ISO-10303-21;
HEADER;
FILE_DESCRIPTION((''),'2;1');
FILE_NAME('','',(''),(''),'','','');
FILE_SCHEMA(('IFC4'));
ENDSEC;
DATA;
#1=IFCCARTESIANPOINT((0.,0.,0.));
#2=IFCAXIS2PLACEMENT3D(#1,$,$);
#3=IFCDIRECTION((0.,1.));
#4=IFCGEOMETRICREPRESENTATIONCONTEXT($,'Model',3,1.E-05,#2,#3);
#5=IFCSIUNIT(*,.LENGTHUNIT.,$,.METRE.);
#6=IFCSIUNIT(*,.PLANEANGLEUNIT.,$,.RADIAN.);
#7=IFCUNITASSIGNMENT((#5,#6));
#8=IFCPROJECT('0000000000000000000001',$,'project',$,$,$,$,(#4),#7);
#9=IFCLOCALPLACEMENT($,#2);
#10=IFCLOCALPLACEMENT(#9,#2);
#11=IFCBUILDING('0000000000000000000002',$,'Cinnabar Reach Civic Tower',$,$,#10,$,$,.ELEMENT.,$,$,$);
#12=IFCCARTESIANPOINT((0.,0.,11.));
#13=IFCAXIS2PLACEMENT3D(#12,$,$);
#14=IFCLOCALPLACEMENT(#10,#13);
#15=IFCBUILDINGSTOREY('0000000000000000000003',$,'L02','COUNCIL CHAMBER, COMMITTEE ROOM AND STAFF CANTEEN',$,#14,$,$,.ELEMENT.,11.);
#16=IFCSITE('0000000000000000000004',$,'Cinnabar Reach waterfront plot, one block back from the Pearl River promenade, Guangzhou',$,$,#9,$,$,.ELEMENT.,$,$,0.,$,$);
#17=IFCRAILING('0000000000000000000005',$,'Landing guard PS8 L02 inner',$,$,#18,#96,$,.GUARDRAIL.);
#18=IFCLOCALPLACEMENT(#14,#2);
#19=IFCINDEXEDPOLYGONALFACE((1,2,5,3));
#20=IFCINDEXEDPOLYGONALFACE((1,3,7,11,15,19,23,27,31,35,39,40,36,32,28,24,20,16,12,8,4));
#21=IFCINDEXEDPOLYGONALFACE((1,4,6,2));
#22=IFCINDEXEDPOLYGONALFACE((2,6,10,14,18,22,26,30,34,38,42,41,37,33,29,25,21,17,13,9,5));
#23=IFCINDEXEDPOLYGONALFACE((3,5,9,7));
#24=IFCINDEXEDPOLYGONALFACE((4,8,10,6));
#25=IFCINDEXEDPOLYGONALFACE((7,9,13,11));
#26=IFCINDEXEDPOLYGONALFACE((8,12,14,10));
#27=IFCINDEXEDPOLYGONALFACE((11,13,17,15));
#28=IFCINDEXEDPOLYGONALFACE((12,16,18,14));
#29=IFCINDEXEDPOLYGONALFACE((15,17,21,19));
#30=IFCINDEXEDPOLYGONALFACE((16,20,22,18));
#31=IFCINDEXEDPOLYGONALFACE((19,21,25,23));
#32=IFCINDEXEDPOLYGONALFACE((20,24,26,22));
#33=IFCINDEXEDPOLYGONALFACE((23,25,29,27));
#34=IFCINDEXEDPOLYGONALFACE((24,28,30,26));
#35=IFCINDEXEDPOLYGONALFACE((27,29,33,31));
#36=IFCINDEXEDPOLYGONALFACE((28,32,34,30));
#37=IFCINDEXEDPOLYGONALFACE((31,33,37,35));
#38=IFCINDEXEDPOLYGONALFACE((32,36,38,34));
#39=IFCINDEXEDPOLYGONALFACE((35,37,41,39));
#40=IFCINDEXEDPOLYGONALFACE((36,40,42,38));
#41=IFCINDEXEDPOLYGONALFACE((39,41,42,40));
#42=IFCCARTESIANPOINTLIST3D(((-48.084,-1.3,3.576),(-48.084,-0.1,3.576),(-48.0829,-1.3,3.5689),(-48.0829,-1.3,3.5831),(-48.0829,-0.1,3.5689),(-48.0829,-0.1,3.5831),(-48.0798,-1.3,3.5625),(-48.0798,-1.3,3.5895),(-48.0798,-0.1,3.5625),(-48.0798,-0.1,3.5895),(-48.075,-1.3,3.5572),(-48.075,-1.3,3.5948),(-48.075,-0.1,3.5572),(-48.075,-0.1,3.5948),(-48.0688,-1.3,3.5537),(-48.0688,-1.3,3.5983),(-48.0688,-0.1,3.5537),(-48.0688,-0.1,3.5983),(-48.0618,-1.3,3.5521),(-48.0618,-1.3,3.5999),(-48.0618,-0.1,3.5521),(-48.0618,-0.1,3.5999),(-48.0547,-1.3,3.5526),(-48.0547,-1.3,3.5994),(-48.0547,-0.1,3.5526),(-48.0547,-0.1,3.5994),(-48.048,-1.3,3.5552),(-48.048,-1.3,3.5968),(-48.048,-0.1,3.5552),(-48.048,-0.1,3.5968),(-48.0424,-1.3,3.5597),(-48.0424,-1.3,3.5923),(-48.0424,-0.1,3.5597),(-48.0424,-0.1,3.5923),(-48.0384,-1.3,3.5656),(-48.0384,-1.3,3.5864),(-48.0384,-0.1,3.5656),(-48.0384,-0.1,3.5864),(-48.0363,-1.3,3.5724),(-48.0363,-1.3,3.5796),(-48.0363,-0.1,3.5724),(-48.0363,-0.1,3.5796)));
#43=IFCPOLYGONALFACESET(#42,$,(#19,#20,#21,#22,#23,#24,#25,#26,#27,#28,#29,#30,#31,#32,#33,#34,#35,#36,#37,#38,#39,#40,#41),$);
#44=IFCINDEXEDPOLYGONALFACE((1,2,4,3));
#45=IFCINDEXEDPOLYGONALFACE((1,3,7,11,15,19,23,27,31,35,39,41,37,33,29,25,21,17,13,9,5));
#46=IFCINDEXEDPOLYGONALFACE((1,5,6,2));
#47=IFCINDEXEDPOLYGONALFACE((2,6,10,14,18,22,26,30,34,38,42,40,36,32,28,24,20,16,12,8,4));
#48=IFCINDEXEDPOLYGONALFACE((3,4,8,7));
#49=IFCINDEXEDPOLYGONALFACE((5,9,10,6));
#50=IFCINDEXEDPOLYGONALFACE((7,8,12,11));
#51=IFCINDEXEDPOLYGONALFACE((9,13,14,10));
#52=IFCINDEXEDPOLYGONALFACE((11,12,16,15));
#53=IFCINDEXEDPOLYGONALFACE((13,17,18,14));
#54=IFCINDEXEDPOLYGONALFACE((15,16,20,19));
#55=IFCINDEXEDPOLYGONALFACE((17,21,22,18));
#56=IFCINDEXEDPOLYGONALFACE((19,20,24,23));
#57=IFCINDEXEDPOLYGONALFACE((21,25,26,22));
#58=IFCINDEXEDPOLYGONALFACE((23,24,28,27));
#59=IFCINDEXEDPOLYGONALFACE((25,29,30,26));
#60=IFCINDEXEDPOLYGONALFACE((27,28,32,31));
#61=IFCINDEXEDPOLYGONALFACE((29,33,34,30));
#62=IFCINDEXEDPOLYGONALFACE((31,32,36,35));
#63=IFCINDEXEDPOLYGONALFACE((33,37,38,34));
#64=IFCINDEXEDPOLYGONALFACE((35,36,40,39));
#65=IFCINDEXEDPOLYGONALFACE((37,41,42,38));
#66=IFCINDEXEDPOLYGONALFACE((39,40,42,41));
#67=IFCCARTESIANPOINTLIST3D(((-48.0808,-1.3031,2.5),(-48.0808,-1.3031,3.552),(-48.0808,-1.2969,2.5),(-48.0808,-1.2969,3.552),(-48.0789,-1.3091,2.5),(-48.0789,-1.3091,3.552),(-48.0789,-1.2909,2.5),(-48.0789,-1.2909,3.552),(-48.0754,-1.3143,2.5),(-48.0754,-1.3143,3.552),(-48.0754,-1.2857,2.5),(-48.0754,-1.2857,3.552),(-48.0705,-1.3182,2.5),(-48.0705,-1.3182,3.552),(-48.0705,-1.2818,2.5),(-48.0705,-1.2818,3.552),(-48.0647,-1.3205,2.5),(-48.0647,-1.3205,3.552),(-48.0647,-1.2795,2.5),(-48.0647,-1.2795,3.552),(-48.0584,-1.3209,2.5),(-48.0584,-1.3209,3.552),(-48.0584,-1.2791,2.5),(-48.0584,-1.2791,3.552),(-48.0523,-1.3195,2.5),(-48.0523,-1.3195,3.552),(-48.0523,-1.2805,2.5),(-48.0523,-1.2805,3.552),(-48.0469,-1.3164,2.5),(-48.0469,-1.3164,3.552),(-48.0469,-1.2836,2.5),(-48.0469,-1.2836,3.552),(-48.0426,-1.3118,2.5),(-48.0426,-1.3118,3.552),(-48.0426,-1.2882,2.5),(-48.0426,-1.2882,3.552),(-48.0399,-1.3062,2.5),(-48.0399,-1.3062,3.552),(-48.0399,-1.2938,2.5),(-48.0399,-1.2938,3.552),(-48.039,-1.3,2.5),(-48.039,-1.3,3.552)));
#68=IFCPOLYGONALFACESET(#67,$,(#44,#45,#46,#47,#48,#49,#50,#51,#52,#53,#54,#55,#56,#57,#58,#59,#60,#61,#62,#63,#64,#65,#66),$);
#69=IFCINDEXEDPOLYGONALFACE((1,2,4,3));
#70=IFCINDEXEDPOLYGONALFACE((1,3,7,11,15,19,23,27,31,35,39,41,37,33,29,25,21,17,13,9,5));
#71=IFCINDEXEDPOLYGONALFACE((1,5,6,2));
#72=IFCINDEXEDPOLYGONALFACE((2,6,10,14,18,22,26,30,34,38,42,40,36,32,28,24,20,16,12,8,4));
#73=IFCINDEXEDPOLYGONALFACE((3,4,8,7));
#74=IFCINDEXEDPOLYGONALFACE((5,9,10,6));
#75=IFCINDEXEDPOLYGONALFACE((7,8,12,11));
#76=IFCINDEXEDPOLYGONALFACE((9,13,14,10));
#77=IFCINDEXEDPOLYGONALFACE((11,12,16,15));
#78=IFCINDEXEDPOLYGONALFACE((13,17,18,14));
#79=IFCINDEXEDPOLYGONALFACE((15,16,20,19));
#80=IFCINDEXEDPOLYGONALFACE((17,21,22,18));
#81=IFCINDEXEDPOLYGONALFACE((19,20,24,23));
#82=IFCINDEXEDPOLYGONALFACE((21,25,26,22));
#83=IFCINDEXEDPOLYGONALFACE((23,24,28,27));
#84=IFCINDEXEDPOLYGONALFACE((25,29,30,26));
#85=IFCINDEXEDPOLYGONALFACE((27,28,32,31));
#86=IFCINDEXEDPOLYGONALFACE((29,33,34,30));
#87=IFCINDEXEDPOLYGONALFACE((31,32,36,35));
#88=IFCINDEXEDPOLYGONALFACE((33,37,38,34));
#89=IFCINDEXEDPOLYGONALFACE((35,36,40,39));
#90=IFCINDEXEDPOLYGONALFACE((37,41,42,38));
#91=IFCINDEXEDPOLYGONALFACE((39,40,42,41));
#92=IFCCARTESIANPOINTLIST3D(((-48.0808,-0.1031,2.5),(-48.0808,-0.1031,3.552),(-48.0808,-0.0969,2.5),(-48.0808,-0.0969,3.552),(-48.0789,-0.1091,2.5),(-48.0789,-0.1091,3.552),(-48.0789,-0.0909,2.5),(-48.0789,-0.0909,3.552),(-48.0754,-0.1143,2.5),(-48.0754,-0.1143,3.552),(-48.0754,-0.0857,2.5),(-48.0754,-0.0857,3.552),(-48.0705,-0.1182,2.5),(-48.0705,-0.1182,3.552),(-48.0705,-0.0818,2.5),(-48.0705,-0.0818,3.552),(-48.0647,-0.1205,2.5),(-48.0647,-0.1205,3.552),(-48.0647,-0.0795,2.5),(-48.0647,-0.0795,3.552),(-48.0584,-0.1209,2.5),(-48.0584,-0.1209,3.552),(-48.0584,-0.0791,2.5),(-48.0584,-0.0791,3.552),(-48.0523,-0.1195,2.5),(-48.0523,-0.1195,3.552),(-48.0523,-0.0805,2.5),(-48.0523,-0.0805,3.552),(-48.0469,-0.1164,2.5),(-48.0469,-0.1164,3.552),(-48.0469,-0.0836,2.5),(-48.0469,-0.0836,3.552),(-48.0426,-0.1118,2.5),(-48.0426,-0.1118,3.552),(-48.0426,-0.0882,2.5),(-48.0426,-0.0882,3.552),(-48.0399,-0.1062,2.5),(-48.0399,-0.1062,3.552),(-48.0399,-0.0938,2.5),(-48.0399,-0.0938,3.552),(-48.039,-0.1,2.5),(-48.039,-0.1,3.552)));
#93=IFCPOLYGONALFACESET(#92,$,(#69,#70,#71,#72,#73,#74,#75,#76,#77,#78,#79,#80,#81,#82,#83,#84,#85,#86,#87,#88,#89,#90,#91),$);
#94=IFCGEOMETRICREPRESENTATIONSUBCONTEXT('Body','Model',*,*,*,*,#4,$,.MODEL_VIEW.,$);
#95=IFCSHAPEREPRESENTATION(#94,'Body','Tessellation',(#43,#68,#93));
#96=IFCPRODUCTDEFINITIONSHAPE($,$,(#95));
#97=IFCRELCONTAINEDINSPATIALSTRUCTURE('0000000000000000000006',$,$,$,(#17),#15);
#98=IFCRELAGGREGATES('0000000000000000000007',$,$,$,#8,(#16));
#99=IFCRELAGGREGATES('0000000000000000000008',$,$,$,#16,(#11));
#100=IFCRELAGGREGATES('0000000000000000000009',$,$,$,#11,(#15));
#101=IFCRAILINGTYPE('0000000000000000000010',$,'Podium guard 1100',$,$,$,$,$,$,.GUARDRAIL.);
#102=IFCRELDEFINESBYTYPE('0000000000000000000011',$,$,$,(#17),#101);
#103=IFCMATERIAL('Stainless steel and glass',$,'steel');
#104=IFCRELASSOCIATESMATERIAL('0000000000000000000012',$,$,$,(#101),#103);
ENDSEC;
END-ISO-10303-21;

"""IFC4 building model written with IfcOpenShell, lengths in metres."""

from ifc_helpers import new_model, si_unit, direction, frame, origin, origin_2d, place, context, subcontext, project, spatial, circle, extrude, material, type_object, element, save


model = new_model("IFC4")

# Units and contexts
model_context = context("Model", 3, precision=1e-05, world=origin(), true_north=direction((0.0, 1.0)))
body_context = subcontext(model_context, "Body", "Model", "MODEL_VIEW")
ifc_project = project(units=[si_unit("LENGTHUNIT", "METRE"), si_unit("PLANEANGLEUNIT", "RADIAN")], contexts=[model_context])

# Site, building, storey
site_placement = place(None, origin())
site = spatial("IfcSite", under=ifc_project, at=site_placement, Name="Cinnabar Reach waterfront plot, one block back from the Pearl River promenade, Guangzhou", CompositionType="ELEMENT", RefElevation=0.0)
building_placement = place(site_placement, origin())
building = spatial("IfcBuilding", under=site, at=building_placement, Name="Cinnabar Reach Civic Tower", CompositionType="ELEMENT")
storey_placement = place(building_placement, frame((0.0, 0.0, 11.0)))
storey = spatial("IfcBuildingStorey", under=building, at=storey_placement, Name="L02", Description="COUNCIL CHAMBER, COMMITTEE ROOM AND STAFF CANTEEN", CompositionType="ELEMENT", Elevation=11.0)

# Railing
ifc_material_1 = material(Name="Stainless steel and glass", Category="steel")
railing_type_1 = type_object("IfcRailingType", Name="Podium guard 1100", PredefinedType="GUARDRAIL", material=ifc_material_1)
railing_1_placement = place(storey_placement, frame((-48.06, -1.3, 2.5)))
element("IfcRailing", 1, at=railing_1_placement, inside=storey, type_object=railing_type_1, Name="Landing guard PS8 L02 inner", PredefinedType="GUARDRAIL", context=body_context, shape_type="SweptSolid", body=[
    extrude(circle(Radius=0.024, at=origin_2d()), frame((0.0, 0.0, 1.076), z_axis=(0.0, 1.0, 0.0), x_axis=(-1.0, 0.0, 0.0)), (0.0, 0.0, 1.0), 1.2),
    extrude(circle(Radius=0.021, at=origin_2d()), origin(), (0.0, 0.0, 1.0), 1.052),
    extrude(circle(Radius=0.021, at=origin_2d()), frame((0.0, 1.2, 0.0)), (0.0, 0.0, 1.0), 1.052),
])

save(model, "model.ifc")
